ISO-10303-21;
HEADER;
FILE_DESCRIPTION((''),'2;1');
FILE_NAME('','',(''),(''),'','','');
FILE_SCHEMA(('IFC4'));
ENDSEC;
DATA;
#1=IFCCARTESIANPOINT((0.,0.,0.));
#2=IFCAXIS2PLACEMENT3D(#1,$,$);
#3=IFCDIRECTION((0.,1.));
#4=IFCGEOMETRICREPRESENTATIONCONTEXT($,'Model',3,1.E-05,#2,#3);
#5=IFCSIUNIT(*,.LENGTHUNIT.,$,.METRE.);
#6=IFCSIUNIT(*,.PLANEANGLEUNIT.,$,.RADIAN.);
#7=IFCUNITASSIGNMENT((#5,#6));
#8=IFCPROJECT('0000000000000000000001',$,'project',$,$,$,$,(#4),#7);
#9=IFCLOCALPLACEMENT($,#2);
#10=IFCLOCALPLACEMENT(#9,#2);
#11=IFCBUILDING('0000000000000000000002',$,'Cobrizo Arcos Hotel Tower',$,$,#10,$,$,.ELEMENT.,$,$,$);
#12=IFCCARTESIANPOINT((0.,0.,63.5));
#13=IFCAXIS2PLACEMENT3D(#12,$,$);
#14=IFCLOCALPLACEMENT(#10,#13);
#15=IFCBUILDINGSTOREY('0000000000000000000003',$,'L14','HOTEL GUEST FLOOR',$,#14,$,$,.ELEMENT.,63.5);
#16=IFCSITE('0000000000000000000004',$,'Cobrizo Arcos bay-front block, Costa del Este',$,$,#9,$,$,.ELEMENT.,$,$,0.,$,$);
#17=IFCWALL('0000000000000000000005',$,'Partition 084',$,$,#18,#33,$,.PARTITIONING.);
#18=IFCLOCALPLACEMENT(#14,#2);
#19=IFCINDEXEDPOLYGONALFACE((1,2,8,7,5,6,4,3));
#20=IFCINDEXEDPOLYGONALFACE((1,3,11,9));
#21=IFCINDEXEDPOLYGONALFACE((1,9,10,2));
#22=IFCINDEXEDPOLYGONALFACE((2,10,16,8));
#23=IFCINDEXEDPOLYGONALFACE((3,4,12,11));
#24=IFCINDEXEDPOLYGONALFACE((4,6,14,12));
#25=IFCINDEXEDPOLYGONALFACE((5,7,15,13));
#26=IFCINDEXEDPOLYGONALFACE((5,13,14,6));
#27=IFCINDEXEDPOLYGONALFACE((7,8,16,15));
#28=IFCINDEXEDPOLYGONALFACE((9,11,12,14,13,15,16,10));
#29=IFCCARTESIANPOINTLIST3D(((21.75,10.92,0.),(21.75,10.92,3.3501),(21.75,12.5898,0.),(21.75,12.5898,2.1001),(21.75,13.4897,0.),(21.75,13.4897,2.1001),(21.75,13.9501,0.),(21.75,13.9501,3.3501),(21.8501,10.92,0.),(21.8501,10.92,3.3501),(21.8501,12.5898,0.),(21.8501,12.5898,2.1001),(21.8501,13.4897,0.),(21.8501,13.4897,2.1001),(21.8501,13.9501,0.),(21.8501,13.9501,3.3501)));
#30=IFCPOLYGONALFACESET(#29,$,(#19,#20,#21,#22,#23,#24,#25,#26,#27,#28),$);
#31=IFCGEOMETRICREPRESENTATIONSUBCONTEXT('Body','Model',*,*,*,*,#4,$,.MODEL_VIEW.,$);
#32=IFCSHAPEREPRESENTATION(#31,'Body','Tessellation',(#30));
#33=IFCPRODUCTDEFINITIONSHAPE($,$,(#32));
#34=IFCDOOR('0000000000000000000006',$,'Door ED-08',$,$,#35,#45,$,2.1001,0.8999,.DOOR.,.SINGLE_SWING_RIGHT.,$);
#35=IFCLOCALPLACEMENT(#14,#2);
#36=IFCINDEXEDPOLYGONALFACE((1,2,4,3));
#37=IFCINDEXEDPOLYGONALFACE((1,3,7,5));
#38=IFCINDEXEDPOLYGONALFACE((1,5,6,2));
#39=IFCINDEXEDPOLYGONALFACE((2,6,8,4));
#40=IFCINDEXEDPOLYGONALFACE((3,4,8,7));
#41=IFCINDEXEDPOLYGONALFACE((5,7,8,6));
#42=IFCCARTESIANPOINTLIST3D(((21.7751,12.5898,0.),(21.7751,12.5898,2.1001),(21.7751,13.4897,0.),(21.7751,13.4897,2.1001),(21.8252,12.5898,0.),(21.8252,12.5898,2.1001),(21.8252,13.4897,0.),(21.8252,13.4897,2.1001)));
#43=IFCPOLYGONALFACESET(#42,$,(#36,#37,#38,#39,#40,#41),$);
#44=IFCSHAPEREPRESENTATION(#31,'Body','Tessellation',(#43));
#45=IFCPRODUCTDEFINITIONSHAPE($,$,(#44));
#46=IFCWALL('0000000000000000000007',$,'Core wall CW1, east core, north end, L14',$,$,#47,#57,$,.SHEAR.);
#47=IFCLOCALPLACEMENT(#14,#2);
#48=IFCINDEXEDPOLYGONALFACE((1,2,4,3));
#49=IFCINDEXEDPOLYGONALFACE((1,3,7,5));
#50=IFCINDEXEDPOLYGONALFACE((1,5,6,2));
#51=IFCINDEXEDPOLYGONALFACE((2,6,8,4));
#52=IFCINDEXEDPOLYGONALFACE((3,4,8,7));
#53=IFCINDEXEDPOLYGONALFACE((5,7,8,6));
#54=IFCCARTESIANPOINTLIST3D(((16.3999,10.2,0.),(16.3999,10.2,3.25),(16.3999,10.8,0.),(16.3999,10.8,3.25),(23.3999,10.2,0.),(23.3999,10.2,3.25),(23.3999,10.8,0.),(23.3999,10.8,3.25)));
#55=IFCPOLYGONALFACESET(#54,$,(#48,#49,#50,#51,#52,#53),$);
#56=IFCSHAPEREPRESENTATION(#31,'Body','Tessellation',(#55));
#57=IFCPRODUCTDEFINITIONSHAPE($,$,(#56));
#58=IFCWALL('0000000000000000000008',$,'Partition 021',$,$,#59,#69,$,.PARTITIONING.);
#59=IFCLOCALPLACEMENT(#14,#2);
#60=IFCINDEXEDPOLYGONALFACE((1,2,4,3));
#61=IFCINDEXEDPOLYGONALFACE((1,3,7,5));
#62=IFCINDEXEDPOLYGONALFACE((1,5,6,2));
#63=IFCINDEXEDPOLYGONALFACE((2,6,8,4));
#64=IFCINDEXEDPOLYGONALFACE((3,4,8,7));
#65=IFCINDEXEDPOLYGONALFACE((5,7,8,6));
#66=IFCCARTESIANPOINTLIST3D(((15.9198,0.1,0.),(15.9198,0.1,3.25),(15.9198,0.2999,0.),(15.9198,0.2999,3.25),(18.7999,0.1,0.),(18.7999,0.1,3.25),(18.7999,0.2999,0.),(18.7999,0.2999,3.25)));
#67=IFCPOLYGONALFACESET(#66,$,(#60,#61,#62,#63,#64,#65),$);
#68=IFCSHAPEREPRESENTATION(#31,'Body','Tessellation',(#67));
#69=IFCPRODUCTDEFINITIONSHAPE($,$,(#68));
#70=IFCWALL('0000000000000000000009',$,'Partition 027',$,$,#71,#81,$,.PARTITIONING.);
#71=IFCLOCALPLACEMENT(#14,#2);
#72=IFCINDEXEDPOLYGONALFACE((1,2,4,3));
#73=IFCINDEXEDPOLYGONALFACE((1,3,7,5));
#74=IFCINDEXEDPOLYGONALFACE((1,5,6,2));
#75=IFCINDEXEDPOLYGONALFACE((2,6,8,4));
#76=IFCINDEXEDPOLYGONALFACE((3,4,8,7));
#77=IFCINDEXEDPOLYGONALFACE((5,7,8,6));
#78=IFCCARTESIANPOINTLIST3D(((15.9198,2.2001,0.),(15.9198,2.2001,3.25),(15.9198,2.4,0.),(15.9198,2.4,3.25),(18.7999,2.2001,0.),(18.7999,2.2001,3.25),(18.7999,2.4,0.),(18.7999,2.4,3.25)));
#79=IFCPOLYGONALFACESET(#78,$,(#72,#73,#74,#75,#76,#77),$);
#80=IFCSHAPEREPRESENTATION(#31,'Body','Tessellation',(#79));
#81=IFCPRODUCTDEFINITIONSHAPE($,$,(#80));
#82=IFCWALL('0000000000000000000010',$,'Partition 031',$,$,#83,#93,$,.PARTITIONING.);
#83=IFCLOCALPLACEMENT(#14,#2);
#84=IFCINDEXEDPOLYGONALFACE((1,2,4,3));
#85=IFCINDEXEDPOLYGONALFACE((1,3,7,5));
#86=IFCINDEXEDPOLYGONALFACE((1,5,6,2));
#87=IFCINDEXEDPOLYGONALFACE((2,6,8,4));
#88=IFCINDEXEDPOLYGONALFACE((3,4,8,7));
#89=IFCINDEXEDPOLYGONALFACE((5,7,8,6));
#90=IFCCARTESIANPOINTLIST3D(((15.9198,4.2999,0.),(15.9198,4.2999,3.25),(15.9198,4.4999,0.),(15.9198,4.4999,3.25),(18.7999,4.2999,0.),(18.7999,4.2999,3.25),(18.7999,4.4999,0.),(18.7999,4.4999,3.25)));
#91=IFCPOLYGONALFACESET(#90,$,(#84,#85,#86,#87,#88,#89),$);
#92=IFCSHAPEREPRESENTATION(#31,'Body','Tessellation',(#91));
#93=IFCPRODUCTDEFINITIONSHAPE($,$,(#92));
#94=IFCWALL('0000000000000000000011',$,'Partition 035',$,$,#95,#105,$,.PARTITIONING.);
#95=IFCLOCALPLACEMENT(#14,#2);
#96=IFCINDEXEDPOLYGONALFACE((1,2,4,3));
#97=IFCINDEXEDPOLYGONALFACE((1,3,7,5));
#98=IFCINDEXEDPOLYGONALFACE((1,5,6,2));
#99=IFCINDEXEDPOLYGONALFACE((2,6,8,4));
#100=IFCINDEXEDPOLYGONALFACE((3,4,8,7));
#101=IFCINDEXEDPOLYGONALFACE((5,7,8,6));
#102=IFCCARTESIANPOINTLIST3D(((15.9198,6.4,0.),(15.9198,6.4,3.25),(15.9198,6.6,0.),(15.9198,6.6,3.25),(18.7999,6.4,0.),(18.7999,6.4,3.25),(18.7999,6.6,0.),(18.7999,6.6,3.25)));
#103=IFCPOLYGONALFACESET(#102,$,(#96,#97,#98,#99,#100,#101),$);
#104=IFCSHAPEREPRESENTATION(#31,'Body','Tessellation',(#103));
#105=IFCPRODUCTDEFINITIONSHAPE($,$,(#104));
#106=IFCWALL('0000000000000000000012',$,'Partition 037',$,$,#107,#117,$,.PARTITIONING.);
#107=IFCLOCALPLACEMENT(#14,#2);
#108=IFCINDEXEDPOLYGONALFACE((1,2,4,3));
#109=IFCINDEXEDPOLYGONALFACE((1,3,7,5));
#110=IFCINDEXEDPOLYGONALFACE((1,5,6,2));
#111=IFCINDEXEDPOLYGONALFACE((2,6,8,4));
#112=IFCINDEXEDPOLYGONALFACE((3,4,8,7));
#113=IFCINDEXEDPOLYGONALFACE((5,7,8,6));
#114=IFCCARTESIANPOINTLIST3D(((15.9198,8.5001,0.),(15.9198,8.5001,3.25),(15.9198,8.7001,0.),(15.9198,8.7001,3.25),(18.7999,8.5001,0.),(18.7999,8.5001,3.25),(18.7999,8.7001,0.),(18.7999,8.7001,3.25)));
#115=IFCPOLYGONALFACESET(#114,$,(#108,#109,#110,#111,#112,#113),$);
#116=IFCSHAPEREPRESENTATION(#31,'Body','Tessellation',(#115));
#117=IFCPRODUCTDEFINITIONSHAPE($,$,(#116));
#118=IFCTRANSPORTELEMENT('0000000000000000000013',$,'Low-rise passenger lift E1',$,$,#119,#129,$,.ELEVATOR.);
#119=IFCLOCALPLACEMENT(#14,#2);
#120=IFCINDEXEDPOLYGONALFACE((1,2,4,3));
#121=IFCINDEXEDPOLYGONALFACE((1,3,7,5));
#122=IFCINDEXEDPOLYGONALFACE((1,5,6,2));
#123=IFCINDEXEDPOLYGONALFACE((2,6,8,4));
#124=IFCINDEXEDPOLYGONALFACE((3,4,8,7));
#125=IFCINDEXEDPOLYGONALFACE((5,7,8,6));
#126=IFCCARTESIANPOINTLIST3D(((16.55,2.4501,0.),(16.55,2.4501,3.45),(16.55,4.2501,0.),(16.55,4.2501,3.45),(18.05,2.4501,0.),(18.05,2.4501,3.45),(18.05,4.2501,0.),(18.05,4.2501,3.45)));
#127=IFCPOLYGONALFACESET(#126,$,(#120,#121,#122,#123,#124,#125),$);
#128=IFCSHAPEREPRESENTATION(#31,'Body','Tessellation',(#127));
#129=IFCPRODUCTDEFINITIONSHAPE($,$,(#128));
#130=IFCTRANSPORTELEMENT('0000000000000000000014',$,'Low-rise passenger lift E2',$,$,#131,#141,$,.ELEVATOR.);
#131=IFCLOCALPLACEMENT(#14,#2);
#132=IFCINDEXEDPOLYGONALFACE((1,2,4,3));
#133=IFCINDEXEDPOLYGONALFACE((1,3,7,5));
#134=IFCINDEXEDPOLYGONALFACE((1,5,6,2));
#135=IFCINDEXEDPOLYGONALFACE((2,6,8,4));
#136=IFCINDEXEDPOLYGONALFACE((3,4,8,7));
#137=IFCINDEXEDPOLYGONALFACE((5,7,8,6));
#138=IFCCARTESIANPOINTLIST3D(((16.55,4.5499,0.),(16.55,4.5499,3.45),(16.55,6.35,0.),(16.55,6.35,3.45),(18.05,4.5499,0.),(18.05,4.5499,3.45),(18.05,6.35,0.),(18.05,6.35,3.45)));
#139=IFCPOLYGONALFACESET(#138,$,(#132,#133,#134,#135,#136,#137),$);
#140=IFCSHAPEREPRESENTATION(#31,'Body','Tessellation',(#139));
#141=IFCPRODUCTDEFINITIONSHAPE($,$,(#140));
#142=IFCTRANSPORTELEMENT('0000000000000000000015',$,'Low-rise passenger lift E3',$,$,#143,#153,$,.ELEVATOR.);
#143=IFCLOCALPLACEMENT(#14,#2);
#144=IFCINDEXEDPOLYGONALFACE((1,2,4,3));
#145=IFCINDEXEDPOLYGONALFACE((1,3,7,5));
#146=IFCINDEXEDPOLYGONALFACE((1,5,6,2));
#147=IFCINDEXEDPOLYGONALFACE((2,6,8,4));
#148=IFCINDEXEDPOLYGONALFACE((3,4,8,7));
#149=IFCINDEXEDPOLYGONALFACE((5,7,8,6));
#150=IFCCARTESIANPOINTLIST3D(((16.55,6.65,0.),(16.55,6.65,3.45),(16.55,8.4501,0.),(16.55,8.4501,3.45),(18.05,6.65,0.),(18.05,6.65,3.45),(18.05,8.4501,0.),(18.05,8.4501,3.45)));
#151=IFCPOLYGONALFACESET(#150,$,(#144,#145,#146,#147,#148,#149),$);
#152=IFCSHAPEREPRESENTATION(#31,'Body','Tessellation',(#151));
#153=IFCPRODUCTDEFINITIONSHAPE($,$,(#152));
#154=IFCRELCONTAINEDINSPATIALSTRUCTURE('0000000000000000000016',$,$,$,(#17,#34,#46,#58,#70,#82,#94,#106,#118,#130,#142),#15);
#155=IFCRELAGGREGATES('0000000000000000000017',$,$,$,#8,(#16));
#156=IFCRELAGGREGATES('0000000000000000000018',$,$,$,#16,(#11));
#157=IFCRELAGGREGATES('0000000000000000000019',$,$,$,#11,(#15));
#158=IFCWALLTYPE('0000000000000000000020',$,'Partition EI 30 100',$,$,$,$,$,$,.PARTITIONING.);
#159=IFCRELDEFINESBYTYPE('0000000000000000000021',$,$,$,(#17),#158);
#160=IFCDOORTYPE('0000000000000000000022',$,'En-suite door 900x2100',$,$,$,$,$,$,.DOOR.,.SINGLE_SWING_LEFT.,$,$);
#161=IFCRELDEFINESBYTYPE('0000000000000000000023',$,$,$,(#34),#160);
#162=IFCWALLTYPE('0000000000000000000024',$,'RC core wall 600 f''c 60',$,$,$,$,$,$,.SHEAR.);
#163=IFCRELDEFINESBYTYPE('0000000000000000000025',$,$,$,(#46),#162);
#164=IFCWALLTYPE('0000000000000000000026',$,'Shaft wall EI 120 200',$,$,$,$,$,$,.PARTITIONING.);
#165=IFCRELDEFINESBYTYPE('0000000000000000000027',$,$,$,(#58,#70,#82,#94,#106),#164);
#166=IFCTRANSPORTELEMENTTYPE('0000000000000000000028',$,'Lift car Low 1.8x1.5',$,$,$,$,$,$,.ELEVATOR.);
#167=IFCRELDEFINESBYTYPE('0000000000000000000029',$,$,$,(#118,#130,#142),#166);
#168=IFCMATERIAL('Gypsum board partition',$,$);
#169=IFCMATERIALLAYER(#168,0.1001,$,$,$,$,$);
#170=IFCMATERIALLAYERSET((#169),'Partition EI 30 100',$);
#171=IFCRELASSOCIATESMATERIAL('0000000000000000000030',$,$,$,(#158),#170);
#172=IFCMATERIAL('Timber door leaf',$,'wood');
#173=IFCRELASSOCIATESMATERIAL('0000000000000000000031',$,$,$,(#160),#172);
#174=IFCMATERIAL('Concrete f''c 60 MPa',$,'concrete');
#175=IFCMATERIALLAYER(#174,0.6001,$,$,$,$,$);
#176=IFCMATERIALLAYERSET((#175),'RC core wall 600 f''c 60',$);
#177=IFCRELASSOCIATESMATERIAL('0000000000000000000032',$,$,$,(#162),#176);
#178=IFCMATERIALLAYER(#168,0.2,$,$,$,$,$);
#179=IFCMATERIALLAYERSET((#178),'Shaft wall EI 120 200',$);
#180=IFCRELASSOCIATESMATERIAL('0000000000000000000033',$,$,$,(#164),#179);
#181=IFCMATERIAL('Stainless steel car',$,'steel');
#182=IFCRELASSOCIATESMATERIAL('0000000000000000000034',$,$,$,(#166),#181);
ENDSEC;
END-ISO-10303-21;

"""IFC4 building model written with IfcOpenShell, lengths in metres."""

from ifc_helpers import new_model, si_unit, direction, frame, frame_2d, origin, origin_2d, place, context, subcontext, project, spatial, rectangle, extrude, material, layer, layer_set, type_object, element, fill, save


model = new_model("IFC4")

# Units and contexts
model_context = context("Model", 3, precision=1e-05, world=origin(), true_north=direction((0.0, 1.0)))
body_context = subcontext(model_context, "Body", "Model", "MODEL_VIEW")
ifc_project = project(units=[si_unit("LENGTHUNIT", "METRE"), si_unit("PLANEANGLEUNIT", "RADIAN")], contexts=[model_context])

# Site, building, storey
site_placement = place(None, origin())
site = spatial("IfcSite", under=ifc_project, at=site_placement, Name="Cobrizo Arcos bay-front block, Costa del Este", CompositionType="ELEMENT", RefElevation=0.0)
building_placement = place(site_placement, origin())
building = spatial("IfcBuilding", under=site, at=building_placement, Name="Cobrizo Arcos Hotel Tower", CompositionType="ELEMENT")
storey_placement = place(building_placement, frame((0.0, 0.0, 63.5)))
storey = spatial("IfcBuildingStorey", under=building, at=storey_placement, Name="L14", Description="HOTEL GUEST FLOOR", CompositionType="ELEMENT", Elevation=63.5)

# Shared definitions
ifc_material_1 = material(Name="Gypsum board partition")
ifc_material_2 = material(Name="Timber door leaf", Category="wood")
ifc_layer_1 = layer(ifc_material_1, 0.1001)
ifc_layer_set_1 = layer_set([ifc_layer_1], Name="Partition EI 30 100")
wall_type_1 = type_object("IfcWallType", Name="Partition EI 30 100", PredefinedType="PARTITIONING", material=ifc_layer_set_1)

# Wall, opening, door
wall_1_placement = place(storey_placement, frame((21.8, 10.9199, 0.0), z_axis=(0.0, 0.0, 1.0), x_axis=(0.0, 1.0, 0.0)))
wall_1 = element("IfcWall", 1, at=wall_1_placement, inside=storey, type_object=wall_type_1, Name="Partition 084", PredefinedType="PARTITIONING", context=body_context, shape_type="SweptSolid", body=[
    extrude(rectangle(XDim=3.03, YDim=0.1001, at=frame_2d((1.5151, 0.0))), origin(), (0.0, 0.0, 1.0), 3.3501),
])
opening_1_placement = place(wall_1_placement, frame((1.6699, 0.0, 0.0)))
opening_1 = element("IfcOpeningElement", 2, at=opening_1_placement, cuts=wall_1, PredefinedType="OPENING", context=body_context, shape_type="SweptSolid", body=[
    extrude(rectangle(XDim=0.8999, YDim=2.1001, at=frame_2d((0.45, 1.05))), frame((0.0, 0.062, 0.0), z_axis=(0.0, -1.0, 0.0), x_axis=(1.0, 0.0, 0.0)), (0.0, 0.0, 1.0), 0.124),
])
door_type_1 = type_object("IfcDoorType", Name="En-suite door 900x2100", OperationType="SINGLE_SWING_LEFT", PredefinedType="DOOR", material=ifc_material_2)
door_1_placement = place(opening_1_placement, origin())
door_1 = element("IfcDoor", 3, at=door_1_placement, inside=storey, type_object=door_type_1, Name="Door ED-08", OperationType="SINGLE_SWING_RIGHT", OverallHeight=2.1001, OverallWidth=0.8999, PredefinedType="DOOR", context=body_context, shape_type="SweptSolid", body=[
    extrude(rectangle(XDim=0.8999, YDim=2.1001, at=frame_2d((0.45, 1.05))), frame((0.0, 0.0249, 0.0), z_axis=(0.0, -1.0, 0.0), x_axis=(1.0, 0.0, 0.0)), (0.0, 0.0, 1.0), 0.05),
])
fill(opening_1, door_1)

# Walls
ifc_material_3 = material(Name="Concrete f'c 60 MPa", Category="concrete")
ifc_layer_2 = layer(ifc_material_3, 0.6001)
ifc_layer_set_2 = layer_set([ifc_layer_2], Name="RC core wall 600 f'c 60")
wall_type_2 = type_object("IfcWallType", Name="RC core wall 600 f'c 60", PredefinedType="SHEAR", material=ifc_layer_set_2)
wall_2_placement = place(storey_placement, frame((16.3999, 10.5, 0.0), z_axis=(0.0, 0.0, 1.0), x_axis=(1.0, 0.0, 0.0)))
element("IfcWall", 4, at=wall_2_placement, inside=storey, type_object=wall_type_2, Name="Core wall CW1, east core, north end, L14", PredefinedType="SHEAR", context=body_context, shape_type="SweptSolid", body=[
    extrude(rectangle(XDim=7.0, YDim=0.6001, at=frame_2d((3.5, 0.0))), origin(), (0.0, 0.0, 1.0), 3.25),
])
ifc_layer_3 = layer(ifc_material_1, 0.2)
ifc_layer_set_3 = layer_set([ifc_layer_3], Name="Shaft wall EI 120 200")
wall_type_3 = type_object("IfcWallType", Name="Shaft wall EI 120 200", PredefinedType="PARTITIONING", material=ifc_layer_set_3)
for number, where, z_axis, x_axis, name in (
    (5, (15.9199, 0.2, 0.0), (0.0, 0.0, 1.0), (1.0, 0.0, 0.0), "Partition 021"),
    (6, (15.9199, 2.3, 0.0), (0.0, 0.0, 1.0), (1.0, 0.0, 0.0), "Partition 027"),
    (7, (15.9199, 4.3999, 0.0), (0.0, 0.0, 1.0), (1.0, 0.0, 0.0), "Partition 031"),
    (8, (15.9199, 6.5, 0.0), (0.0, 0.0, 1.0), (1.0, 0.0, 0.0), "Partition 035"),
    (9, (15.9199, 8.6001, 0.0), (0.0, 0.0, 1.0), (1.0, 0.0, 0.0), "Partition 037"),
):
    element("IfcWall", number, at=place(storey_placement, frame(where, z_axis=z_axis, x_axis=x_axis)), inside=storey, type_object=wall_type_3, Name=name, PredefinedType="PARTITIONING", context=body_context, shape_type="SweptSolid", body=[
        extrude(rectangle(XDim=2.8801, YDim=0.2, at=frame_2d((1.4399, 0.0))), origin(), (0.0, 0.0, 1.0), 3.25),
    ])

# Transport elements
ifc_material_4 = material(Name="Stainless steel car", Category="steel")
transport_element_type = type_object("IfcTransportElementType", Name="Lift car Low 1.8x1.5", PredefinedType="ELEVATOR", material=ifc_material_4)
for number, where, z_axis, x_axis, name in (
    (10, (17.3, 3.3501, 0.0), (0.0, 0.0, 1.0), (1.0, 0.0, 0.0), "Low-rise passenger lift E1"),
    (11, (17.3, 5.45, 0.0), (0.0, 0.0, 1.0), (1.0, 0.0, 0.0), "Low-rise passenger lift E2"),
    (12, (17.3, 7.55, 0.0), (0.0, 0.0, 1.0), (1.0, 0.0, 0.0), "Low-rise passenger lift E3"),
):
    element("IfcTransportElement", number, at=place(storey_placement, frame(where, z_axis=z_axis, x_axis=x_axis)), inside=storey, type_object=transport_element_type, Name=name, PredefinedType="ELEVATOR", context=body_context, shape_type="SweptSolid", body=[
        extrude(rectangle(XDim=1.5, YDim=1.8, at=origin_2d()), origin(), (0.0, 0.0, 1.0), 3.45),
    ])

save(model, "model.ifc")
